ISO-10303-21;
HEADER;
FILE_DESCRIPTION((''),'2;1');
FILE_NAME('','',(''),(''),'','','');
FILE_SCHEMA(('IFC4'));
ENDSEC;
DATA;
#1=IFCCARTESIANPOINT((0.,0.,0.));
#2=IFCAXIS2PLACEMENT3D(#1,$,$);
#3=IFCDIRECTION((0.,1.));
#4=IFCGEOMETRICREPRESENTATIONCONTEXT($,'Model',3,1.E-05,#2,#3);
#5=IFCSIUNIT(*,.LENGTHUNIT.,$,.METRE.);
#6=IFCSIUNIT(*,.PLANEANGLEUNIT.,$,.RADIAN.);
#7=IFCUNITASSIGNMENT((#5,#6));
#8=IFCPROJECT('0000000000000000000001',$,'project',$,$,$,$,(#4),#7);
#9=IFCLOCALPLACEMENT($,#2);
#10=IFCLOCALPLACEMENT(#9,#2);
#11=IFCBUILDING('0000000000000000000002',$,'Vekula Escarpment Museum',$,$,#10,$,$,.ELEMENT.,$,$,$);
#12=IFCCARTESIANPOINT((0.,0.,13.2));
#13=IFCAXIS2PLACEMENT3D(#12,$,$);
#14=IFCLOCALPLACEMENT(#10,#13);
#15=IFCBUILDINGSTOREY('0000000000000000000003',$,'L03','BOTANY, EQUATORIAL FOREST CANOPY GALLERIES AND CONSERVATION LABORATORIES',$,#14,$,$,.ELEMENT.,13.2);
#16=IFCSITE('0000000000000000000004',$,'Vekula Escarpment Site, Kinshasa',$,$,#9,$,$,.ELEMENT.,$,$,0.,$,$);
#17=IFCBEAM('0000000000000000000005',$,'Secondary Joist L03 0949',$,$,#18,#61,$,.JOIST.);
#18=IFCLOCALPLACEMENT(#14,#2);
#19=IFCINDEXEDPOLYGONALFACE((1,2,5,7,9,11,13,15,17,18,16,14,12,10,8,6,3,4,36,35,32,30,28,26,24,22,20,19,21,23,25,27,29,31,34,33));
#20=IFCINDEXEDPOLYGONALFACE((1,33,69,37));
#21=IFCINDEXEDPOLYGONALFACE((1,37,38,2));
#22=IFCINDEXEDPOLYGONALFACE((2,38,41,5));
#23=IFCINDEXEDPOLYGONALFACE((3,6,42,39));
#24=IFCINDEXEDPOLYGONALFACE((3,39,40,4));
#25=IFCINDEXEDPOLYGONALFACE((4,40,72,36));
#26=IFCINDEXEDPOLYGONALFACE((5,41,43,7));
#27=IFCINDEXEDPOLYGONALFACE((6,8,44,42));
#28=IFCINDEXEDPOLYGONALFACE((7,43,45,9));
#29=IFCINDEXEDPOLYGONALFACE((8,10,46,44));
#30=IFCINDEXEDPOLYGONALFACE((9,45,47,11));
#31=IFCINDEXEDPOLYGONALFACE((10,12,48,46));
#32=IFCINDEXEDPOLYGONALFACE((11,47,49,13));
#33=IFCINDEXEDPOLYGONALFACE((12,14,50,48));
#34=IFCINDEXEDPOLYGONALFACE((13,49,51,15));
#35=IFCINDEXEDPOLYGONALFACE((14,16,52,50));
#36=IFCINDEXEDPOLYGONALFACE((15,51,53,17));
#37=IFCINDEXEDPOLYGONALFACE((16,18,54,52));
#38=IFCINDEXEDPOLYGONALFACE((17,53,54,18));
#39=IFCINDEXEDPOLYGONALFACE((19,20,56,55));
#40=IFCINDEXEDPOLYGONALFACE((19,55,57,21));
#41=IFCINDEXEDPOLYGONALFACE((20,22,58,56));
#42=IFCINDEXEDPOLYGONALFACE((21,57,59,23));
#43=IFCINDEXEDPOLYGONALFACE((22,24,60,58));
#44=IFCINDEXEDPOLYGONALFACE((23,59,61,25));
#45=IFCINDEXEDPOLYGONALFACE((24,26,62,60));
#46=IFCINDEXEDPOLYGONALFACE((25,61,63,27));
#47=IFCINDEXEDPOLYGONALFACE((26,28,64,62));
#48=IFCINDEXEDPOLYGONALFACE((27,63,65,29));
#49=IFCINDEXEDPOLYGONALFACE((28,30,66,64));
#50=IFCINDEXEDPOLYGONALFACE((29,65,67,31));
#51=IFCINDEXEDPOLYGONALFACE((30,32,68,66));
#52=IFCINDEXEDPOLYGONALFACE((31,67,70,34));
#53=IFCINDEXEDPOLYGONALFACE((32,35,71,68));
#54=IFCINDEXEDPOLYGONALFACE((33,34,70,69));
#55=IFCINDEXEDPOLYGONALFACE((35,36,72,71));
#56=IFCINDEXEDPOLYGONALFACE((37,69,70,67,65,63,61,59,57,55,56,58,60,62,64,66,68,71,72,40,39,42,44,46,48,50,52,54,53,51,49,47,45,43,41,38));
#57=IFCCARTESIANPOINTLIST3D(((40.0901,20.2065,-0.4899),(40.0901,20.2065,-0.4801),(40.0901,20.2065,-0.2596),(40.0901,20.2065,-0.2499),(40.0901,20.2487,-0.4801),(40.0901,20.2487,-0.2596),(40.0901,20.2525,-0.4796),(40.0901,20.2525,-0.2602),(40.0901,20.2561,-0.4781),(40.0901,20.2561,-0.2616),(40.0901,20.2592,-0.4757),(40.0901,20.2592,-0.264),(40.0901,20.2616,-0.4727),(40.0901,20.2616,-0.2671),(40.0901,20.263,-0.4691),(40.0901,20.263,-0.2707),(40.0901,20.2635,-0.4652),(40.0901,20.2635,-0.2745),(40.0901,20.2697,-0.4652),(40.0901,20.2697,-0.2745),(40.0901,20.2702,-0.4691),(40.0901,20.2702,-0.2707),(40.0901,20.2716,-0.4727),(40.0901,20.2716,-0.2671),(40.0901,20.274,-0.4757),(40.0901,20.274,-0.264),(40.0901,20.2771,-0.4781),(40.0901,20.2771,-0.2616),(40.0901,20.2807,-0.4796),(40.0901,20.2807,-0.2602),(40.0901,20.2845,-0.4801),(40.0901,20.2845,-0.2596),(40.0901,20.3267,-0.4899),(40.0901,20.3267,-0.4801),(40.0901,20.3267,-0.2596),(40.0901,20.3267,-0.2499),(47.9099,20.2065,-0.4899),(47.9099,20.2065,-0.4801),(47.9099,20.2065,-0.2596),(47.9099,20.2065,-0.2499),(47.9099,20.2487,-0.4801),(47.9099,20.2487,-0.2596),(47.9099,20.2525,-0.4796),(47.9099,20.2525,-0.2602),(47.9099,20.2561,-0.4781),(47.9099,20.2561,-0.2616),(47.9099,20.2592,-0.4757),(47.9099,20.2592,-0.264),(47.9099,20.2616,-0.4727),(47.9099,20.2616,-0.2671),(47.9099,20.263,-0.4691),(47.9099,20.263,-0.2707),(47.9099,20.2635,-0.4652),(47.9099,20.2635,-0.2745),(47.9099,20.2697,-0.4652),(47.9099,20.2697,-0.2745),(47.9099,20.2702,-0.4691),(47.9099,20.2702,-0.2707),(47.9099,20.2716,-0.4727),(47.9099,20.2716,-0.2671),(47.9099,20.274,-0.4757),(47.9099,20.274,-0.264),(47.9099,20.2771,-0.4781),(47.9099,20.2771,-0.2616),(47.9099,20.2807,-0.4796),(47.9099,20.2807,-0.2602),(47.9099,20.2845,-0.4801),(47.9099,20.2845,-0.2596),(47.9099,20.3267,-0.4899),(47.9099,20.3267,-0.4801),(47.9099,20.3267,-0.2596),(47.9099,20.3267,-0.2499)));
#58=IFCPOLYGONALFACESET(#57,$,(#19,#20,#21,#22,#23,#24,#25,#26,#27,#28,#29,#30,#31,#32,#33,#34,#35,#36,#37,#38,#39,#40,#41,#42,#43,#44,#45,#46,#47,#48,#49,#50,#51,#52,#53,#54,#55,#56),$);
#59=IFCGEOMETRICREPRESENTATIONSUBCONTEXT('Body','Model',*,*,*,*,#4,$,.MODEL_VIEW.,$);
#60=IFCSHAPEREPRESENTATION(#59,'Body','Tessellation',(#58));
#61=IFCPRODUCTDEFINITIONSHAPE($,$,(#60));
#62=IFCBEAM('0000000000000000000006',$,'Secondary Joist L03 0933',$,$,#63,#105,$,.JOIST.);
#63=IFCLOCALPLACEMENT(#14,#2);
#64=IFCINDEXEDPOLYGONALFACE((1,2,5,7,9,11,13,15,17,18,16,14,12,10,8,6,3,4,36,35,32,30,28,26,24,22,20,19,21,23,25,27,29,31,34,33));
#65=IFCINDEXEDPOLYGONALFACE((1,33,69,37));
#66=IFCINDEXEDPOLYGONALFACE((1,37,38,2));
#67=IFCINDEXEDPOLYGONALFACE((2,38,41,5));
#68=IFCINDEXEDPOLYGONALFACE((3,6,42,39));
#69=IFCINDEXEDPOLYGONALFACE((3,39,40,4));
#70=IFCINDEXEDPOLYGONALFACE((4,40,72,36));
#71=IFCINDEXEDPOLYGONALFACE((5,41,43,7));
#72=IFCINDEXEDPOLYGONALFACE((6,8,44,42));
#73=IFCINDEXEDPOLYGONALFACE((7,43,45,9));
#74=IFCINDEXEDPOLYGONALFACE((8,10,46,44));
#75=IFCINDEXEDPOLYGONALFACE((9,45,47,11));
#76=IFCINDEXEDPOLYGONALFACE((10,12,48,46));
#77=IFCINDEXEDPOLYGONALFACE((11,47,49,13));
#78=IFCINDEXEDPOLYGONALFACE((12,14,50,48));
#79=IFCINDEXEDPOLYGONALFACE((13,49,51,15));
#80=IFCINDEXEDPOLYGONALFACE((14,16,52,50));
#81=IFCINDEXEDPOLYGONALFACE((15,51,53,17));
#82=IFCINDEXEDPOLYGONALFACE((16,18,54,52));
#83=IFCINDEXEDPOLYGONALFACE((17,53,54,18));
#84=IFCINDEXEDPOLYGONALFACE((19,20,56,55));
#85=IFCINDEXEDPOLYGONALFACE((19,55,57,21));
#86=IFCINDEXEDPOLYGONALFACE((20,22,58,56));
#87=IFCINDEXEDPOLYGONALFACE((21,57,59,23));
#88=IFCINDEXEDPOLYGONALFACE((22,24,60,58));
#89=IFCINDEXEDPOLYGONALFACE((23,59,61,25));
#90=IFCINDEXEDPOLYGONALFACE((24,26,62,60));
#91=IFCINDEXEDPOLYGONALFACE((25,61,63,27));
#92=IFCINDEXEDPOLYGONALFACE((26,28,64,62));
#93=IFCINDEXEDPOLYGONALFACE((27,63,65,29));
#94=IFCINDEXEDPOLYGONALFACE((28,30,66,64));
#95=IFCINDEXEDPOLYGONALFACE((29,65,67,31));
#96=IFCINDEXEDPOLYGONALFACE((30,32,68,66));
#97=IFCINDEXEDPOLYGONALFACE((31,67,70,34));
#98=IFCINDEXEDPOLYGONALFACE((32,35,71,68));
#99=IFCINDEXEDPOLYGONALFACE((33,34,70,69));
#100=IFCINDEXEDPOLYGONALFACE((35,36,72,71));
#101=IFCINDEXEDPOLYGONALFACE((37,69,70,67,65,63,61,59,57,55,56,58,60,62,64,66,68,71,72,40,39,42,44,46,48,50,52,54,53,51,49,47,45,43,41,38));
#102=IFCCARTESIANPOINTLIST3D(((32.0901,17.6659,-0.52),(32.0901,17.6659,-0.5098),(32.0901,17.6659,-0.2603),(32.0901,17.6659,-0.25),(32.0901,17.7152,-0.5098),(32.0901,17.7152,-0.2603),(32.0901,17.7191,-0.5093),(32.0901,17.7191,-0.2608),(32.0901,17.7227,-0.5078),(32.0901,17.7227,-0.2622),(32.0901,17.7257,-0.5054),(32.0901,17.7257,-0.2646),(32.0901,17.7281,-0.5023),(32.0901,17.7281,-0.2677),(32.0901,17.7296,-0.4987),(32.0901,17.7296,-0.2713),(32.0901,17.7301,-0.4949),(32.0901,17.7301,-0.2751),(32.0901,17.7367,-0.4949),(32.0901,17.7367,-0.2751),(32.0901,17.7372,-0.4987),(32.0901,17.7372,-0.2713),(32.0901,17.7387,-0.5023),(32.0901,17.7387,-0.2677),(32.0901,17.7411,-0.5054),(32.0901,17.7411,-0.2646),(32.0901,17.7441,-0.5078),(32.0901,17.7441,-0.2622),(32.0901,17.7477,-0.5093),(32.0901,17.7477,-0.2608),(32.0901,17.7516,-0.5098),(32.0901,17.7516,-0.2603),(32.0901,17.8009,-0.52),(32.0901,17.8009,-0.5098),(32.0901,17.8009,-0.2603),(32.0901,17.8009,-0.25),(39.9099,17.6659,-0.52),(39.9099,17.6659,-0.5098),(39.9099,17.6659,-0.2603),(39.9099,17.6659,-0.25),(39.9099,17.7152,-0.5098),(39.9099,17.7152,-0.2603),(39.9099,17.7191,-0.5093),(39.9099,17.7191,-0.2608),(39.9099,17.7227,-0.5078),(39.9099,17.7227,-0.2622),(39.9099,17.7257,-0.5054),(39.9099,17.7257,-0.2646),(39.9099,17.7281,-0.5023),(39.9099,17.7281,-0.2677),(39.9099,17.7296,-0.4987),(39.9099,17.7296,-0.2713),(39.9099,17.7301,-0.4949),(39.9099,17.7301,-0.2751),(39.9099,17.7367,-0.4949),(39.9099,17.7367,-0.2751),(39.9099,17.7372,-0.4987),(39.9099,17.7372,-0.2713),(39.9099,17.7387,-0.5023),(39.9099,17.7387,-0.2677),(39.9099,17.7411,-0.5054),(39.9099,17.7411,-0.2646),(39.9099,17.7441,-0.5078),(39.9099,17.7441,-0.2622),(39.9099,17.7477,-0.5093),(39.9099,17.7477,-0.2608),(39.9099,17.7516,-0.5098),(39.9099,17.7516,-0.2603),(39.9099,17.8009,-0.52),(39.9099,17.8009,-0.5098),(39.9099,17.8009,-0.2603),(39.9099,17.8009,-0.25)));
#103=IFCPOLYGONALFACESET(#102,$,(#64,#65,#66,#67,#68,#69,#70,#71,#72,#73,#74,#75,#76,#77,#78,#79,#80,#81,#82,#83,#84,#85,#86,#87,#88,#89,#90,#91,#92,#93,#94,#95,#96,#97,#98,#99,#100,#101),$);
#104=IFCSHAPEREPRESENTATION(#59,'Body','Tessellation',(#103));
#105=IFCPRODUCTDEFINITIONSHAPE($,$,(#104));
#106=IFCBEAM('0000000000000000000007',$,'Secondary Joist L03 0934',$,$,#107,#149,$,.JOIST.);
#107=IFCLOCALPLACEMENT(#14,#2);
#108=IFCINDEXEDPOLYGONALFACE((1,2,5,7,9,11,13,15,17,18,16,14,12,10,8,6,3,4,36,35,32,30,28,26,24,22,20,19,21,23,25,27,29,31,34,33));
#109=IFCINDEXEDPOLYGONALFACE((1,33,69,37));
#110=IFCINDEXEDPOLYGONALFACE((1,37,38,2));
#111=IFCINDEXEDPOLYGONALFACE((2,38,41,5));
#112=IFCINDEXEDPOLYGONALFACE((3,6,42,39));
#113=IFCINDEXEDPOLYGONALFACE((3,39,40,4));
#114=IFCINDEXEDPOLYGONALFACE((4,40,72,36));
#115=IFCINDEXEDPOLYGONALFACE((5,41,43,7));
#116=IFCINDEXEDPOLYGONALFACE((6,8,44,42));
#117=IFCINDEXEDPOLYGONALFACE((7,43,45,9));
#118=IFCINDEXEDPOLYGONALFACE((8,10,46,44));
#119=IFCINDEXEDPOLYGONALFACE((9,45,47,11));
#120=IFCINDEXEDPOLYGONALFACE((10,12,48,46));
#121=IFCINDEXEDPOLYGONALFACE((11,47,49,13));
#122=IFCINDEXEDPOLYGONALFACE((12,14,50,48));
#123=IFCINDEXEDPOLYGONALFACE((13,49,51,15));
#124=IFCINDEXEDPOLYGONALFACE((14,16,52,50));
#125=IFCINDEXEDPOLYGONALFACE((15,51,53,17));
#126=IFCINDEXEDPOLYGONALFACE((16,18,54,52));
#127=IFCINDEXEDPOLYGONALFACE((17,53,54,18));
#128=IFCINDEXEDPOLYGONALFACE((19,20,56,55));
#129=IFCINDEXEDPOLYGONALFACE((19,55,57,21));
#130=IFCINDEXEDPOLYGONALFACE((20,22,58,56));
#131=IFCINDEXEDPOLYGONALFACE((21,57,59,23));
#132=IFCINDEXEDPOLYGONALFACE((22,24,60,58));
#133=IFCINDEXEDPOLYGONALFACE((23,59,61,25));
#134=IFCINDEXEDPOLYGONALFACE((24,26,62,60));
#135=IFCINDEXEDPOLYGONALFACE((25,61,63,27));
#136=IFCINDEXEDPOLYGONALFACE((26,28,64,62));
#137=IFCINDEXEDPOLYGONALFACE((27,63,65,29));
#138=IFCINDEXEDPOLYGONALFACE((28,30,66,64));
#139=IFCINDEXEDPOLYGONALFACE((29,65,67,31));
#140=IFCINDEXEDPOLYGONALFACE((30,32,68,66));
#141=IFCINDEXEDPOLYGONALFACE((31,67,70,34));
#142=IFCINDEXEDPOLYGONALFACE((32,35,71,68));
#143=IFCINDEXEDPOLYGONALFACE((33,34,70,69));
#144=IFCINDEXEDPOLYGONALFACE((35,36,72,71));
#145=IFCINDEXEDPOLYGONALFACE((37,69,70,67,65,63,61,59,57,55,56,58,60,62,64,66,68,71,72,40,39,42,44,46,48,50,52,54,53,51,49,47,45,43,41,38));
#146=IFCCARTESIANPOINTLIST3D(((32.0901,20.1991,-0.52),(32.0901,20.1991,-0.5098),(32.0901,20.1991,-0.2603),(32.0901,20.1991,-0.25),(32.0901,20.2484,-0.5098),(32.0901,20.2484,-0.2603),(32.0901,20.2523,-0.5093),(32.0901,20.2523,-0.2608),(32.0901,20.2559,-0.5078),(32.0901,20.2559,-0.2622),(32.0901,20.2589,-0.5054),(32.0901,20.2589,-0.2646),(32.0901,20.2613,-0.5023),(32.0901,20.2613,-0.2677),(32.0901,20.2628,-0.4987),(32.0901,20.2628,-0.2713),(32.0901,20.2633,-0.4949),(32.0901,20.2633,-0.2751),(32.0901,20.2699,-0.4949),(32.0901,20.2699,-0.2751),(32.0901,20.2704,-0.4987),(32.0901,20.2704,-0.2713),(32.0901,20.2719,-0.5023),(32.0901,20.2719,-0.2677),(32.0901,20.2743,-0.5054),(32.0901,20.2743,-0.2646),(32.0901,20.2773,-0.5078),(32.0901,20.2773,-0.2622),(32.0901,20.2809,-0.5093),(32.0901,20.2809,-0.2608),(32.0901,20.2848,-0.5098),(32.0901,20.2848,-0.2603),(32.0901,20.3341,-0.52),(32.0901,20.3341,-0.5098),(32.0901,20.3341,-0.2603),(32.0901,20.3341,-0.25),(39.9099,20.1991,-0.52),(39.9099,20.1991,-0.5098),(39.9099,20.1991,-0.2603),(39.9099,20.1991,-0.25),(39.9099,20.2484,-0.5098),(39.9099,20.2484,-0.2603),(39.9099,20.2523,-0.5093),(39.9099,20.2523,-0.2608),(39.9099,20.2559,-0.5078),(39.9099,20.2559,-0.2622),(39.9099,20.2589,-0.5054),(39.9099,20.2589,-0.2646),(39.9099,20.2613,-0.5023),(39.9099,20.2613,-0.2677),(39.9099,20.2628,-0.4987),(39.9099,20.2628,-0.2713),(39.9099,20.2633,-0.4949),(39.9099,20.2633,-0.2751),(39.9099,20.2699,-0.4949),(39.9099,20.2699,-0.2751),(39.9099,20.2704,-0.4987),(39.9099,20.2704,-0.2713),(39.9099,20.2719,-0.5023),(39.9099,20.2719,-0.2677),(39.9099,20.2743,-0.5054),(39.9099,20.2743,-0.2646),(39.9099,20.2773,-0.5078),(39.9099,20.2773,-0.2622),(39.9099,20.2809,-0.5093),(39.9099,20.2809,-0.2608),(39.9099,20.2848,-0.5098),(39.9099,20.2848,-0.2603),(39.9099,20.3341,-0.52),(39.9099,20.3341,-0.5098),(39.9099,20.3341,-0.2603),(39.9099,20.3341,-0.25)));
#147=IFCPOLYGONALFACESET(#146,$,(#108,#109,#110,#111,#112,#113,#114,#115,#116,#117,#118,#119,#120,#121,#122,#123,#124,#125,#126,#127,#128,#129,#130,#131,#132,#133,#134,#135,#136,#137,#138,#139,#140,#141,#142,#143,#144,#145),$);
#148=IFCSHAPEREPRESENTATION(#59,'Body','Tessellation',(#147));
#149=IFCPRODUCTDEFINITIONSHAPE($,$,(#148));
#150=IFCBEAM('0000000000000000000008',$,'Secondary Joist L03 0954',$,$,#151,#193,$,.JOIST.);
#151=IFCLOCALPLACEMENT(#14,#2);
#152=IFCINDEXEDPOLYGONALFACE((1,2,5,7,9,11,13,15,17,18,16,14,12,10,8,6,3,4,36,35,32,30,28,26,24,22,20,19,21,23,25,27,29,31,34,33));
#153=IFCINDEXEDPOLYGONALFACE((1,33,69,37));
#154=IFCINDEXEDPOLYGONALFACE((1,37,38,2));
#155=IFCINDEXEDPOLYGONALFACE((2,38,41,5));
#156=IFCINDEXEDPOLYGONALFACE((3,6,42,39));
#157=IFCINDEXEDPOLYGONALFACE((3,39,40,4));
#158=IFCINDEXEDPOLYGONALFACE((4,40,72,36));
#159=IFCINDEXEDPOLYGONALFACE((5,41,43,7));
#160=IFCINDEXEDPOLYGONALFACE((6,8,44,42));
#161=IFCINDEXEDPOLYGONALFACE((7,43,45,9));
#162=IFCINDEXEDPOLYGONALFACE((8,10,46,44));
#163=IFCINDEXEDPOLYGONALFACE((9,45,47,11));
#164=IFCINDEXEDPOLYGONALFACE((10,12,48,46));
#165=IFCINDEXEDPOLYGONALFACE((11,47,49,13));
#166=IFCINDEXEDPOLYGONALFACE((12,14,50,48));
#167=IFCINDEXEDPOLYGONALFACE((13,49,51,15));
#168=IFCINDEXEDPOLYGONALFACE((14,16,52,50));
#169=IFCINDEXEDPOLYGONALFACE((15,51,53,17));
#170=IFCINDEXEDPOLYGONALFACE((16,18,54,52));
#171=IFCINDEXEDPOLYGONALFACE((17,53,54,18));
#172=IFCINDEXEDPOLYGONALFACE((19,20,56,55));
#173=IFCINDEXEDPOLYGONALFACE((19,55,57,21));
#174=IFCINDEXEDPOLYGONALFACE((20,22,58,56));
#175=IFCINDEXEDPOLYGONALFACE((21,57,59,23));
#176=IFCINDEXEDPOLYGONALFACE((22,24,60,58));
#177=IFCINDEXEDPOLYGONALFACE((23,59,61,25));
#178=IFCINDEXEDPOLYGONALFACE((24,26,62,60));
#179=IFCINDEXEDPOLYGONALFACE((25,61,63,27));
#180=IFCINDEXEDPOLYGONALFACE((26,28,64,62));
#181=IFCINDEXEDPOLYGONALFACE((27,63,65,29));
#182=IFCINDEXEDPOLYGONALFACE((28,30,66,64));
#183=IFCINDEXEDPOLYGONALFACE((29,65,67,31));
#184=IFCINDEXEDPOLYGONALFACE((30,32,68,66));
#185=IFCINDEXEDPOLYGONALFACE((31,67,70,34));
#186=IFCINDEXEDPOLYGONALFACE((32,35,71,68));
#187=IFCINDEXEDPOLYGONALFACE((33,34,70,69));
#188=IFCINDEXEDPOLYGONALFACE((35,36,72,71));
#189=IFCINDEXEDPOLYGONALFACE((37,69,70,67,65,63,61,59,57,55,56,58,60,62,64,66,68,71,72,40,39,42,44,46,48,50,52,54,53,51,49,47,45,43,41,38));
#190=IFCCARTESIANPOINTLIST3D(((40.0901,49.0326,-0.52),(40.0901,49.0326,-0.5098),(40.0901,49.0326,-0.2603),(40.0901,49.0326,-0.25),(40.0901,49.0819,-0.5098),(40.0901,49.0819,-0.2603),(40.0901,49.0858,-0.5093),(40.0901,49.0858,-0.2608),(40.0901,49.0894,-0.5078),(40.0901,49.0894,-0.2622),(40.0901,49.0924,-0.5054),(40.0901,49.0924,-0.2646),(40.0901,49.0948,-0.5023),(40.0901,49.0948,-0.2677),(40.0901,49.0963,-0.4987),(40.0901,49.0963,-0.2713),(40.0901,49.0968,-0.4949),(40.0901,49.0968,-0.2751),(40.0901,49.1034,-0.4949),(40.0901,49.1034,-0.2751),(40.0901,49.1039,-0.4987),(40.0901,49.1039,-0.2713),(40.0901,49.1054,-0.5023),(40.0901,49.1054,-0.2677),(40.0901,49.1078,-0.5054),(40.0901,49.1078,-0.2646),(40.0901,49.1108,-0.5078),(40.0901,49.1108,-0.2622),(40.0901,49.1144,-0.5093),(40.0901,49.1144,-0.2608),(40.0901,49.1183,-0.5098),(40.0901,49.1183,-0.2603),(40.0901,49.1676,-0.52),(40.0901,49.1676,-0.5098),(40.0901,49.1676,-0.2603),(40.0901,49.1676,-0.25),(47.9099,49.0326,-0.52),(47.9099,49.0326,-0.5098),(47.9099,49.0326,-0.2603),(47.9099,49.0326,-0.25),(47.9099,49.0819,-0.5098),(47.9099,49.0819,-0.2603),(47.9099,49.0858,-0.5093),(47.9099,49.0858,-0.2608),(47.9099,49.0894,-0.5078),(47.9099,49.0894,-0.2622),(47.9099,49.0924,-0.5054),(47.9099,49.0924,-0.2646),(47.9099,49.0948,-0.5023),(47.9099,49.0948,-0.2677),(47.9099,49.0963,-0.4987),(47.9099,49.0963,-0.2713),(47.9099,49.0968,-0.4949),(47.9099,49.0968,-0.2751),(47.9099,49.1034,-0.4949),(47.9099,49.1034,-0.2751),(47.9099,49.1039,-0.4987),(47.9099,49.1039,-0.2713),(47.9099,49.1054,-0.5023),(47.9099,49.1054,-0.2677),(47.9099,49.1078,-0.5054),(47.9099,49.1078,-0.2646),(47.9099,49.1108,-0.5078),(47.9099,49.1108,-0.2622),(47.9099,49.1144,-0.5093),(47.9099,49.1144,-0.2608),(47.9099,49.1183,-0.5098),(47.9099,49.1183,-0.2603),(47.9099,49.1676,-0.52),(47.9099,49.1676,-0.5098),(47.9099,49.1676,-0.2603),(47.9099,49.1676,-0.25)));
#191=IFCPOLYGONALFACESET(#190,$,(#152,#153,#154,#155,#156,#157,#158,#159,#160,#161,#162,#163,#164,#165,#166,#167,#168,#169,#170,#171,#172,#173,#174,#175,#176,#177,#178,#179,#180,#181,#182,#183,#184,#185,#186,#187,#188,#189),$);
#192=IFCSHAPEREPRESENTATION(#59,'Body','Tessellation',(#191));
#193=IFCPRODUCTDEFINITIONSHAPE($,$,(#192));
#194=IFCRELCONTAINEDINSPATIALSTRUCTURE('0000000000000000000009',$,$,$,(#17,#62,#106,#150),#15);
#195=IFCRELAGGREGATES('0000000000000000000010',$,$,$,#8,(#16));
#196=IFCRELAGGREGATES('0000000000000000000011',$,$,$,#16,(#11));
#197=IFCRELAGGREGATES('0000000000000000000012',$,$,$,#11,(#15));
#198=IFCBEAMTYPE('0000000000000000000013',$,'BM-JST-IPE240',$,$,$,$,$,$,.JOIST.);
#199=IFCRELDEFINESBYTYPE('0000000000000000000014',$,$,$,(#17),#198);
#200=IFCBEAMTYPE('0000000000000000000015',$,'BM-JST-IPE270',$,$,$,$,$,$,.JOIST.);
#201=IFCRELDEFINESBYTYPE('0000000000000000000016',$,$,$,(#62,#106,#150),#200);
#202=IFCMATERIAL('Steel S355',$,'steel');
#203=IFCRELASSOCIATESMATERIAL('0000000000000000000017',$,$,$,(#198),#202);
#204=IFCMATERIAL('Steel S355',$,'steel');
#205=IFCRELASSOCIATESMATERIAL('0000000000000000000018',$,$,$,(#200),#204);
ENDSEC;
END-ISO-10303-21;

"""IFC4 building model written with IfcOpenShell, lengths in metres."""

from ifc_helpers import new_model, si_unit, direction, frame, origin, origin_2d, place, context, subcontext, project, spatial, i_section, extrude, material, material_profile, profile_set, type_object, element, save


model = new_model("IFC4")

# Units and contexts
model_context = context("Model", 3, precision=1e-05, world=origin(), true_north=direction((0.0, 1.0)))
body_context = subcontext(model_context, "Body", "Model", "MODEL_VIEW")
ifc_project = project(units=[si_unit("LENGTHUNIT", "METRE"), si_unit("PLANEANGLEUNIT", "RADIAN")], contexts=[model_context])

# Site, building, storey
site_placement = place(None, origin())
site = spatial("IfcSite", under=ifc_project, at=site_placement, Name="Vekula Escarpment Site, Kinshasa", CompositionType="ELEMENT", RefElevation=0.0)
building_placement = place(site_placement, origin())
building = spatial("IfcBuilding", under=site, at=building_placement, Name="Vekula Escarpment Museum", CompositionType="ELEMENT")
storey_placement = place(building_placement, frame((0.0, 0.0, 13.2)))
storey = spatial("IfcBuildingStorey", under=building, at=storey_placement, Name="L03", Description="BOTANY, EQUATORIAL FOREST CANOPY GALLERIES AND CONSERVATION LABORATORIES", CompositionType="ELEMENT", Elevation=13.2)

# Beams
ifc_material_1 = material(Name="Steel S355", Category="steel")
ifc_material_profile_1 = material_profile(ifc_material_1, i_section(OverallWidth=0.1201, OverallDepth=0.24, WebThickness=0.0061, FlangeThickness=0.0098, FilletRadius=0.0149, at=origin_2d()), Name="IPE 240")
ifc_profile_set_1 = profile_set([ifc_material_profile_1], Name="Steel S355")
beam_type_1 = type_object("IfcBeamType", Name="BM-JST-IPE240", PredefinedType="JOIST", material=ifc_profile_set_1)
for number, where, z_axis, x_axis, name in (
    (1, (40.0901, 20.2666, -0.3699), (1.0, 0.0, 0.0), (0.0, 1.0, 0.0), "Secondary Joist L03 0949"),
):
    element("IfcBeam", number, at=place(storey_placement, frame(where, z_axis=z_axis, x_axis=x_axis)), inside=storey, type_object=beam_type_1, Name=name, PredefinedType="JOIST", context=body_context, shape_type="SweptSolid", body=[
        extrude(i_section(OverallWidth=0.1201, OverallDepth=0.24, WebThickness=0.0061, FlangeThickness=0.0098, FilletRadius=0.0149, at=origin_2d()), origin(), (0.0, 0.0, 1.0), 7.8198),
    ])
ifc_material_2 = material(Name="Steel S355", Category="steel")
ifc_material_profile_2 = material_profile(ifc_material_2, i_section(OverallWidth=0.135, OverallDepth=0.27, WebThickness=0.0066, FlangeThickness=0.0103, FilletRadius=0.0149, at=origin_2d()), Name="IPE 270")
ifc_profile_set_2 = profile_set([ifc_material_profile_2], Name="Steel S355")
beam_type_2 = type_object("IfcBeamType", Name="BM-JST-IPE270", PredefinedType="JOIST", material=ifc_profile_set_2)
for number, where, z_axis, x_axis, name in (
    (2, (32.0901, 17.7334, -0.385), (1.0, 0.0, 0.0), (0.0, 1.0, 0.0), "Secondary Joist L03 0933"),
    (3, (32.0901, 20.2666, -0.385), (1.0, 0.0, 0.0), (0.0, 1.0, 0.0), "Secondary Joist L03 0934"),
    (4, (40.0901, 49.1001, -0.385), (1.0, 0.0, 0.0), (0.0, 1.0, 0.0), "Secondary Joist L03 0954"),
):
    element("IfcBeam", number, at=place(storey_placement, frame(where, z_axis=z_axis, x_axis=x_axis)), inside=storey, type_object=beam_type_2, Name=name, PredefinedType="JOIST", context=body_context, shape_type="SweptSolid", body=[
        extrude(i_section(OverallWidth=0.135, OverallDepth=0.27, WebThickness=0.0066, FlangeThickness=0.0103, FilletRadius=0.0149, at=origin_2d()), origin(), (0.0, 0.0, 1.0), 7.8198),
    ])

save(model, "model.ifc")
